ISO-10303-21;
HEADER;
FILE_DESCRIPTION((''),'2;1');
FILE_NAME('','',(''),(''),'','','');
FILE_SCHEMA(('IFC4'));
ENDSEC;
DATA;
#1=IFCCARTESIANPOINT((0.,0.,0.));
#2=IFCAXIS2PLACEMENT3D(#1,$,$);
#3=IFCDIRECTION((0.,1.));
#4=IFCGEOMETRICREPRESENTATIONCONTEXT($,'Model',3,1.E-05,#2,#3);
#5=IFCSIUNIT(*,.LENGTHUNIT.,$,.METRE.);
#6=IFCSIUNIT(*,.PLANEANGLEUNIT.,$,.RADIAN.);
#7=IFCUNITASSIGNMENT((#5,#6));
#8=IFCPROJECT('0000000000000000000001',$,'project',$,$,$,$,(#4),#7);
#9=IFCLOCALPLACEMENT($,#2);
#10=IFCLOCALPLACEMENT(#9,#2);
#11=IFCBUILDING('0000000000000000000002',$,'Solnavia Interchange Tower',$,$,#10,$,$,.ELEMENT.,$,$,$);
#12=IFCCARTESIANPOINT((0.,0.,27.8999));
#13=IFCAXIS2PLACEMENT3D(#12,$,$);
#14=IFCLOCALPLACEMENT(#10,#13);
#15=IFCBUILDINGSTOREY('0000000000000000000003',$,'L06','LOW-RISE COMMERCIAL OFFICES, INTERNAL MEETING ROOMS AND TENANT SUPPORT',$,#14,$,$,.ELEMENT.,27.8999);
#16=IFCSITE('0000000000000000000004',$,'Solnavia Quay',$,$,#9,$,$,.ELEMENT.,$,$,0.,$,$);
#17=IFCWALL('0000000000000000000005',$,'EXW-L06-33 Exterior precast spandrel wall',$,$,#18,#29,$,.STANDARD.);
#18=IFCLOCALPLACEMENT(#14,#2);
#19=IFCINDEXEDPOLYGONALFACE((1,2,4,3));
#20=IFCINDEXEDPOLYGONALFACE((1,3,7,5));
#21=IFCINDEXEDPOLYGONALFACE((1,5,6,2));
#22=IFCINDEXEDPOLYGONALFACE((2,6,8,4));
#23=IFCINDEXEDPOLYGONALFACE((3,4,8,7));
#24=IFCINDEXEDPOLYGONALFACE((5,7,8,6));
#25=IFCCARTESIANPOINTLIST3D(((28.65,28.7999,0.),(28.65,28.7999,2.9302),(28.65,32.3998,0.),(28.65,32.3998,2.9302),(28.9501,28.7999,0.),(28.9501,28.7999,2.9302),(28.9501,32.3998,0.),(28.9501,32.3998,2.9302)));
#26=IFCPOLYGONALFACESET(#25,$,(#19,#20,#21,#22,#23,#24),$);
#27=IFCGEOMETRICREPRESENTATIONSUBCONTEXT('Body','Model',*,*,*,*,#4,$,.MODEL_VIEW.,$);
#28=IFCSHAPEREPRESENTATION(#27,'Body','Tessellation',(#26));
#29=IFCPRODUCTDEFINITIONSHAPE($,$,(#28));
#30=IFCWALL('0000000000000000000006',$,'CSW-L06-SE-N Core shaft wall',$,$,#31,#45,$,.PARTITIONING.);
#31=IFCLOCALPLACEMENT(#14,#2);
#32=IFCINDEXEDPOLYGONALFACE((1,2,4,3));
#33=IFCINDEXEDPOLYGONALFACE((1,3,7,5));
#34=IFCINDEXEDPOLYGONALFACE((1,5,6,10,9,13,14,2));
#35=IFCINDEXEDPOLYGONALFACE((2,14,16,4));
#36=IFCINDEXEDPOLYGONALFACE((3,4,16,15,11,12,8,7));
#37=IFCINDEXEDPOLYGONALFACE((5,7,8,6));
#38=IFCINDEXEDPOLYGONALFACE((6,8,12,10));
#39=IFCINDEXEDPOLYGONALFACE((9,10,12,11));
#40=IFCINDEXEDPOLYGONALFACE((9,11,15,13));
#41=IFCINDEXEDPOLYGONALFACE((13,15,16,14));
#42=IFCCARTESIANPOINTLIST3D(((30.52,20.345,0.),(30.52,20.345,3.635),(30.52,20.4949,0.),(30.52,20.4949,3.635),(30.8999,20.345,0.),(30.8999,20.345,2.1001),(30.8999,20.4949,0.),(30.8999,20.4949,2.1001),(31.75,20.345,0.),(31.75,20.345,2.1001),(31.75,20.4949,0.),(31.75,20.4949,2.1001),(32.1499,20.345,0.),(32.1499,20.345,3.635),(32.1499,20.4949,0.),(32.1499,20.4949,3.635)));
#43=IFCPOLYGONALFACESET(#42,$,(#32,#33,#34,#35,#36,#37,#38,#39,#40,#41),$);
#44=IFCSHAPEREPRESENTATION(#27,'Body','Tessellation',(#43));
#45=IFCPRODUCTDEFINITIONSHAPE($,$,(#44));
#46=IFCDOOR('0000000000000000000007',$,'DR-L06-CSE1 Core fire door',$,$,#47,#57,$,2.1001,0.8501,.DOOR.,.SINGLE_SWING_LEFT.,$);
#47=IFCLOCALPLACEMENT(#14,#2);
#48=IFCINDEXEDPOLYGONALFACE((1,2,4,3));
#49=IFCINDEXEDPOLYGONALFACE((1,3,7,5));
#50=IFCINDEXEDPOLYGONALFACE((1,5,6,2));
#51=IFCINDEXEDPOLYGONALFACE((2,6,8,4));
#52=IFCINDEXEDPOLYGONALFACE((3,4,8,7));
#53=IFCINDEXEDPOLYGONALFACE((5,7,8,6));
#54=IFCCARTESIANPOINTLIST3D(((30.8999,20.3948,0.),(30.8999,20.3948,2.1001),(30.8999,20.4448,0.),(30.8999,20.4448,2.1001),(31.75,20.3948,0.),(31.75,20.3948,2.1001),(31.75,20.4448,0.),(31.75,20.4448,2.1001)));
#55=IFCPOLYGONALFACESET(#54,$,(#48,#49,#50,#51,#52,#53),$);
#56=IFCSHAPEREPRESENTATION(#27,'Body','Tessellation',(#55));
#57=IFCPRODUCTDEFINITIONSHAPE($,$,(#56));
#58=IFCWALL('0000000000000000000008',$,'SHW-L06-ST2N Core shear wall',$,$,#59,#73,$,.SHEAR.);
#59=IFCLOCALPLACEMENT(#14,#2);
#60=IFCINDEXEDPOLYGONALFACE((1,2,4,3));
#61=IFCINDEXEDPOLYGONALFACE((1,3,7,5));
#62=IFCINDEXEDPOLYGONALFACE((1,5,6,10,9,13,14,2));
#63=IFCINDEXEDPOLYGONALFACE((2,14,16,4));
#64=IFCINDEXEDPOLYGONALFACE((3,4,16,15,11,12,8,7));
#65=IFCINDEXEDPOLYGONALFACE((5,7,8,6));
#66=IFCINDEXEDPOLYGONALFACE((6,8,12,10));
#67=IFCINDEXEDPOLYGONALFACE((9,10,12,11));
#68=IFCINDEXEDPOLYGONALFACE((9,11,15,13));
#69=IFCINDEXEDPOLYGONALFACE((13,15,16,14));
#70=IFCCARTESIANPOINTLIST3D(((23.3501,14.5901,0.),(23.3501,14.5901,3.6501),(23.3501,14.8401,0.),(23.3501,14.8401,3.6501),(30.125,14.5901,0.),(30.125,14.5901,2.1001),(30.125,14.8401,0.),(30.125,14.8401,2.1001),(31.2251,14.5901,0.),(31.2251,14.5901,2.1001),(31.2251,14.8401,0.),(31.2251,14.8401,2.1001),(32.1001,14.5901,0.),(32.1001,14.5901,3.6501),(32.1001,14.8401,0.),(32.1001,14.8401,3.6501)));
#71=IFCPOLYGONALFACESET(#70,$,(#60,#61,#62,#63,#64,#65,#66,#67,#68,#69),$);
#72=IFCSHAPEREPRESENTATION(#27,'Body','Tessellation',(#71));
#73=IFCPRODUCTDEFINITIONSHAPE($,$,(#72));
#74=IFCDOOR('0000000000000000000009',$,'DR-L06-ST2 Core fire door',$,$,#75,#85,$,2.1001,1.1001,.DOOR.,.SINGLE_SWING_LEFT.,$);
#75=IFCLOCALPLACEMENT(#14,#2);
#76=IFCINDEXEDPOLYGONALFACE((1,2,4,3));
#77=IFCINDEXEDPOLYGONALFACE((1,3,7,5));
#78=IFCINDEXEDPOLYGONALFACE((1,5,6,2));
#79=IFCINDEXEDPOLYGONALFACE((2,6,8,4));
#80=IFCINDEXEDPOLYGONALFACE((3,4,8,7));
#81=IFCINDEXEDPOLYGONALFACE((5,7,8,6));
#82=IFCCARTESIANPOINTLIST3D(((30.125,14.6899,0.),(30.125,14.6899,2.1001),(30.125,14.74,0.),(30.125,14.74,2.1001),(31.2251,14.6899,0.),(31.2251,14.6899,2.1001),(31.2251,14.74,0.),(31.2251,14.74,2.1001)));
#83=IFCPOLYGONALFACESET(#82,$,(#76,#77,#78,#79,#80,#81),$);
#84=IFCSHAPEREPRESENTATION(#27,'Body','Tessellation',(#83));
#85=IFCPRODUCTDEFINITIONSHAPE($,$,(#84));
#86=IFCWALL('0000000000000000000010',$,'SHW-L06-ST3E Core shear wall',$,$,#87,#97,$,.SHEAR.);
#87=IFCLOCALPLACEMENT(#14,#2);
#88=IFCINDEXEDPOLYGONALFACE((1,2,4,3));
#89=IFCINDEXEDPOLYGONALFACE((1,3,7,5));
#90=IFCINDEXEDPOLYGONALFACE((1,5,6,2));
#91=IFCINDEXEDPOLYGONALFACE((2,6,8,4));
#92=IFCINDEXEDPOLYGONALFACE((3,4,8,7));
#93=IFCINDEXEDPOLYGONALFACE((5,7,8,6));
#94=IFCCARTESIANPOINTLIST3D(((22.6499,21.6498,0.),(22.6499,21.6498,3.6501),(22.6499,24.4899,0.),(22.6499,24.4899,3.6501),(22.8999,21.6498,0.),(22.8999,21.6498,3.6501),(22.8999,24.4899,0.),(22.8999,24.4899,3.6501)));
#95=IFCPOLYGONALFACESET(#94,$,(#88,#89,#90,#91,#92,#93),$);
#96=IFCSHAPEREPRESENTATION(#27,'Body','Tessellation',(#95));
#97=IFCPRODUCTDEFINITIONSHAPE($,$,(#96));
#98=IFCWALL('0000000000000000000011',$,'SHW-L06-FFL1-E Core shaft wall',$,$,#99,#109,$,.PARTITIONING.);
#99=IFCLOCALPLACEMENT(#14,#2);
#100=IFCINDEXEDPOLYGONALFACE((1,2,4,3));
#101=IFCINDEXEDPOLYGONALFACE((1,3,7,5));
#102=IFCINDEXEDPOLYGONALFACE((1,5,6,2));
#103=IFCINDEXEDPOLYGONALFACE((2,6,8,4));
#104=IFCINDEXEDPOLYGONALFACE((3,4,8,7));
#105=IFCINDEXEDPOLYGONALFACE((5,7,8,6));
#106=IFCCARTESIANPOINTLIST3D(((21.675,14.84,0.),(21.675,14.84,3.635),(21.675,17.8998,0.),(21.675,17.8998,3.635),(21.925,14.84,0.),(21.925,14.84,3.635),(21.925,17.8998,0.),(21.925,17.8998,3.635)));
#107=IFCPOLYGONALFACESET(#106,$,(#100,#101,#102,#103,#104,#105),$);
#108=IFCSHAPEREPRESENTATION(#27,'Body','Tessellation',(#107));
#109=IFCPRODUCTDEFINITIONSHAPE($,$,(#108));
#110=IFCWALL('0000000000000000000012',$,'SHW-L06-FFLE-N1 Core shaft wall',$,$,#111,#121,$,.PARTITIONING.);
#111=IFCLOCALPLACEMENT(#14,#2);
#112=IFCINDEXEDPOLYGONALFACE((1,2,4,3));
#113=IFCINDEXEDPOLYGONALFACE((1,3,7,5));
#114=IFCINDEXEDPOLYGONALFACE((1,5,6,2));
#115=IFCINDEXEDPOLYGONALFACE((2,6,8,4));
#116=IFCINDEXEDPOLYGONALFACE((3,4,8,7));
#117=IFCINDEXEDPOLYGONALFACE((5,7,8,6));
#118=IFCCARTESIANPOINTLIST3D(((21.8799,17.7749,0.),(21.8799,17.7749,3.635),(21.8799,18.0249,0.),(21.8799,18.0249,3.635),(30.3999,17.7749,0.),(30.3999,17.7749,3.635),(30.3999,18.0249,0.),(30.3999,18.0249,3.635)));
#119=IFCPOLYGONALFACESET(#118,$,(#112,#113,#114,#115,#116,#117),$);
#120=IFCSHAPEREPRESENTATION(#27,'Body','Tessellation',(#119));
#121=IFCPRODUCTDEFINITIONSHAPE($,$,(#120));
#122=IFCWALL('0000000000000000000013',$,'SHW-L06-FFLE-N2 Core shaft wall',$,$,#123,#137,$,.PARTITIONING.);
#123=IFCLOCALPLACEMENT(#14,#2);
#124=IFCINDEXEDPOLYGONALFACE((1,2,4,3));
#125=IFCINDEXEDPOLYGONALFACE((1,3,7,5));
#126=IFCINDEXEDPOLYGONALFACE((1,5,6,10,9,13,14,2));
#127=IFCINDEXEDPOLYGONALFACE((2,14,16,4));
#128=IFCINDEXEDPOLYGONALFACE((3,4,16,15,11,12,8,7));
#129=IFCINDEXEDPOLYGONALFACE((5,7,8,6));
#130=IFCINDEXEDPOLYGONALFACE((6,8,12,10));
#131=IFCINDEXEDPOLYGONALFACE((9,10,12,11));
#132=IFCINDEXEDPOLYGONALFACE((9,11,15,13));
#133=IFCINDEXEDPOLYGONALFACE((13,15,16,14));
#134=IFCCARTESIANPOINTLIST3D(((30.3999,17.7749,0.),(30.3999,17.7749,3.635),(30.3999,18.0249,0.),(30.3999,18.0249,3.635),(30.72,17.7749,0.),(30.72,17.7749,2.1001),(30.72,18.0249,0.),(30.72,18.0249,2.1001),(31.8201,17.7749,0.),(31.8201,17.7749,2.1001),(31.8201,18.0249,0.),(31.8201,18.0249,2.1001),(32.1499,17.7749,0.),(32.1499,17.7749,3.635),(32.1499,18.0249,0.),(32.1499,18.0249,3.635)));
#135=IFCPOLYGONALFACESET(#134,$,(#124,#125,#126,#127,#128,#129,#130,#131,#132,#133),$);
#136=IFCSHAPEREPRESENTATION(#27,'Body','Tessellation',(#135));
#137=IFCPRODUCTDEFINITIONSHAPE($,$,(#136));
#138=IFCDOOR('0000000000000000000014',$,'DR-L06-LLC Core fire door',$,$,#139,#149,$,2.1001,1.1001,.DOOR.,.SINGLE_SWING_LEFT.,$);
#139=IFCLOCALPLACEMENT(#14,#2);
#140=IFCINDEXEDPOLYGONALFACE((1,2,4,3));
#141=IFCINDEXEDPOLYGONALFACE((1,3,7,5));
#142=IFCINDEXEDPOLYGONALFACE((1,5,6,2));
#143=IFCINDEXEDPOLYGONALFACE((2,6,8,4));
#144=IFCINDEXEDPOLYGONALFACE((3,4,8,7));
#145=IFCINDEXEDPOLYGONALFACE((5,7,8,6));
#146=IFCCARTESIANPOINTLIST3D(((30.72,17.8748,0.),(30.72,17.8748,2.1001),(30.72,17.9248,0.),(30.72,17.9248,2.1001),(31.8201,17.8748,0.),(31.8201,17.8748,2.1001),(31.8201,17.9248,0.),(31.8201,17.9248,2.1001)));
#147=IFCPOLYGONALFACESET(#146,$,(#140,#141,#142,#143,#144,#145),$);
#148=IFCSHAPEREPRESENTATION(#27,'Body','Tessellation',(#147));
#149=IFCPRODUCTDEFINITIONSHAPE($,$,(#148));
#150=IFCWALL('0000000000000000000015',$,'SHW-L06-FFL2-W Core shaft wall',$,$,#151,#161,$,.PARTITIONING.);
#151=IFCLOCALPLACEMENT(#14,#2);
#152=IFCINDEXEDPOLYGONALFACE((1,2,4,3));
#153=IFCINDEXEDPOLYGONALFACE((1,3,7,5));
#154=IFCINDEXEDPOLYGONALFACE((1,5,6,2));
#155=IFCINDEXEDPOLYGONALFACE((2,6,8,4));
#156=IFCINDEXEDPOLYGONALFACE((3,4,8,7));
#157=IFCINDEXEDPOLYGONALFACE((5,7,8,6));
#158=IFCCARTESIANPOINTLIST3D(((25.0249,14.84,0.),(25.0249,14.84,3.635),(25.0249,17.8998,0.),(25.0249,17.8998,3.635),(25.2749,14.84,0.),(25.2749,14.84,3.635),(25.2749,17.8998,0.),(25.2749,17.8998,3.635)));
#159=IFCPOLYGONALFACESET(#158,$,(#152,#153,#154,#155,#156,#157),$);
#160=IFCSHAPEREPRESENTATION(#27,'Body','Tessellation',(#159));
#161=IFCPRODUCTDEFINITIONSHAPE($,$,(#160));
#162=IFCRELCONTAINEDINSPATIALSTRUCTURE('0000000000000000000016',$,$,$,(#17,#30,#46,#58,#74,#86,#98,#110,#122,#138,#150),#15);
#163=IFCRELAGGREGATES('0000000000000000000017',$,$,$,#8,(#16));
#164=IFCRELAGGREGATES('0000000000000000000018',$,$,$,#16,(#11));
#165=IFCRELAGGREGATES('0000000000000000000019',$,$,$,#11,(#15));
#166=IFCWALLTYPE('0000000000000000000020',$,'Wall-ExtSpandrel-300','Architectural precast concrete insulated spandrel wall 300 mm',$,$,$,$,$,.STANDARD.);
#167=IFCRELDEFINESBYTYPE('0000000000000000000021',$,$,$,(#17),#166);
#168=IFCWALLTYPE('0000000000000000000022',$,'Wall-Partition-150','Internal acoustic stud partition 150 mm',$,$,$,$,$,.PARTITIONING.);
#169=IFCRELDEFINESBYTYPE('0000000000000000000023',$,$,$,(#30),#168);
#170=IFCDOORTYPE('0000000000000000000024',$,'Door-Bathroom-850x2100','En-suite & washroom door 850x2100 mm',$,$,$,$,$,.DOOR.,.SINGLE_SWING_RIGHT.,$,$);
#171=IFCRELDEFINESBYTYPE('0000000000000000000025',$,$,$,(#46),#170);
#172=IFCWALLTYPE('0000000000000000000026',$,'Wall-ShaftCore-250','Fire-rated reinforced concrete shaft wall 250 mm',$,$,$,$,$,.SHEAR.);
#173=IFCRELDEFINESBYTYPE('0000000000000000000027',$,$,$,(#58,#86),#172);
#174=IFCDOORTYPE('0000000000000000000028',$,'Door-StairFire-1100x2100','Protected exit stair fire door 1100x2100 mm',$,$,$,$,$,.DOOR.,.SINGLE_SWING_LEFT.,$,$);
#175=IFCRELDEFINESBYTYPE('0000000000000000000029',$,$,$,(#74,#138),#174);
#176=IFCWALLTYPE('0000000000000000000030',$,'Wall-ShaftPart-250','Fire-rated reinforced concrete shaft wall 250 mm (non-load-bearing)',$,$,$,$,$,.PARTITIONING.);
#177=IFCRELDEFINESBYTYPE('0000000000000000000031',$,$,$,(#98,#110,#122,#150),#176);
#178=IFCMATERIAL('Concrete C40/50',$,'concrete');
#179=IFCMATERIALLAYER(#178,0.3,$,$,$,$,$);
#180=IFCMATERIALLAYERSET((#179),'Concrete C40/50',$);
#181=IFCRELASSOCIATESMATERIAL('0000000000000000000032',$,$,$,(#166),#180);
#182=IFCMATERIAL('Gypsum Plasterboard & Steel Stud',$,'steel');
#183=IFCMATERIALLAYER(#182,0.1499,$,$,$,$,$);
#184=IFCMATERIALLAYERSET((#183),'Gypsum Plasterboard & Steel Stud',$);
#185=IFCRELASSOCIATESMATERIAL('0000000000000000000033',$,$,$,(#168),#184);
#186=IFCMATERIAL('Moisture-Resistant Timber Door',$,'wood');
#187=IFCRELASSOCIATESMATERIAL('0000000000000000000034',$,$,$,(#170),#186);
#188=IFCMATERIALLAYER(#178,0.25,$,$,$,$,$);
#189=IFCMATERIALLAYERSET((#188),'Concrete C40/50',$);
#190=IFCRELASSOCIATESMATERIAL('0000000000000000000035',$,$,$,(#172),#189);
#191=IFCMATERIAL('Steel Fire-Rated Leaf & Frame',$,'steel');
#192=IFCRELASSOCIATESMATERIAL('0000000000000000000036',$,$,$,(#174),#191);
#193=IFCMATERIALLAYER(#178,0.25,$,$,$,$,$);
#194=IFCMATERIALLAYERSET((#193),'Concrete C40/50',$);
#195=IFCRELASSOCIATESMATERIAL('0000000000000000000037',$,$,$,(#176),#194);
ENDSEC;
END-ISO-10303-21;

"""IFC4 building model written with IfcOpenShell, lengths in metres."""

from ifc_helpers import new_model, si_unit, direction, frame, frame_2d, origin, place, context, subcontext, project, spatial, rectangle, extrude, material, layer, layer_set, type_object, element, fill, save


model = new_model("IFC4")

# Units and contexts
model_context = context("Model", 3, precision=1e-05, world=origin(), true_north=direction((0.0, 1.0)))
body_context = subcontext(model_context, "Body", "Model", "MODEL_VIEW")
ifc_project = project(units=[si_unit("LENGTHUNIT", "METRE"), si_unit("PLANEANGLEUNIT", "RADIAN")], contexts=[model_context])

# Site, building, storey
site_placement = place(None, origin())
site = spatial("IfcSite", under=ifc_project, at=site_placement, Name="Solnavia Quay", CompositionType="ELEMENT", RefElevation=0.0)
building_placement = place(site_placement, origin())
building = spatial("IfcBuilding", under=site, at=building_placement, Name="Solnavia Interchange Tower", CompositionType="ELEMENT")
storey_placement = place(building_placement, frame((0.0, 0.0, 27.8999)))
storey = spatial("IfcBuildingStorey", under=building, at=storey_placement, Name="L06", Description="LOW-RISE COMMERCIAL OFFICES, INTERNAL MEETING ROOMS AND TENANT SUPPORT", CompositionType="ELEMENT", Elevation=27.8999)

# Shared definitions
ifc_material_1 = material(Name="Concrete C40/50", Category="concrete")
ifc_layer_1 = layer(ifc_material_1, 0.3)
ifc_layer_set_1 = layer_set([ifc_layer_1], Name="Concrete C40/50")
wall_type_1 = type_object("IfcWallType", Name="Wall-ExtSpandrel-300", Description="Architectural precast concrete insulated spandrel wall 300 mm", PredefinedType="STANDARD", material=ifc_layer_set_1)

# Wall
wall_1_placement = place(storey_placement, frame((28.8, 28.8, 0.0), z_axis=(0.0, 0.0, 1.0), x_axis=(0.0, 1.0, 0.0)))
element("IfcWall", 1, at=wall_1_placement, inside=storey, type_object=wall_type_1, Name="EXW-L06-33 Exterior precast spandrel wall", PredefinedType="STANDARD", context=body_context, shape_type="SweptSolid", body=[
    extrude(rectangle(XDim=3.5999, YDim=0.3, at=frame_2d((1.7998, 0.0))), origin(), (0.0, 0.0, 1.0), 2.9302),
])

# Walls, openings, doors
ifc_material_2 = material(Name="Gypsum Plasterboard & Steel Stud", Category="steel")
ifc_layer_2 = layer(ifc_material_2, 0.1499)
ifc_layer_set_2 = layer_set([ifc_layer_2], Name="Gypsum Plasterboard & Steel Stud")
wall_type_2 = type_object("IfcWallType", Name="Wall-Partition-150", Description="Internal acoustic stud partition 150 mm", PredefinedType="PARTITIONING", material=ifc_layer_set_2)
wall_2_placement = place(storey_placement, frame((30.52, 20.4199, 0.0), z_axis=(0.0, 0.0, 1.0), x_axis=(1.0, 0.0, 0.0)))
wall_2 = element("IfcWall", 2, at=wall_2_placement, inside=storey, type_object=wall_type_2, Name="CSW-L06-SE-N Core shaft wall", PredefinedType="PARTITIONING", context=body_context, shape_type="SweptSolid", body=[
    extrude(rectangle(XDim=1.6299, YDim=0.1499, at=frame_2d((0.8149, 0.0))), origin(), (0.0, 0.0, 1.0), 3.635),
])
opening_1_placement = place(wall_2_placement, frame((0.3799, 0.0, 0.0)))
opening_1 = element("IfcOpeningElement", 3, at=opening_1_placement, cuts=wall_2, PredefinedType="OPENING", context=body_context, shape_type="SweptSolid", body=[
    extrude(rectangle(XDim=0.8501, YDim=2.1001, at=frame_2d((0.425, 1.05))), frame((0.0, 0.085, 0.0), z_axis=(0.0, -1.0, 0.0), x_axis=(1.0, 0.0, 0.0)), (0.0, 0.0, 1.0), 0.1699),
])
ifc_material_3 = material(Name="Moisture-Resistant Timber Door", Category="wood")
door_type_1 = type_object("IfcDoorType", Name="Door-Bathroom-850x2100", Description="En-suite & washroom door 850x2100 mm", OperationType="SINGLE_SWING_RIGHT", PredefinedType="DOOR", material=ifc_material_3)
door_1_placement = place(opening_1_placement, origin())
door_1 = element("IfcDoor", 4, at=door_1_placement, inside=storey, type_object=door_type_1, Name="DR-L06-CSE1 Core fire door", OperationType="SINGLE_SWING_LEFT", OverallHeight=2.1001, OverallWidth=0.8501, PredefinedType="DOOR", context=body_context, shape_type="SweptSolid", body=[
    extrude(rectangle(XDim=0.8501, YDim=2.1001, at=frame_2d((0.425, 1.05))), frame((0.0, 0.0249, 0.0), z_axis=(0.0, -1.0, 0.0), x_axis=(1.0, 0.0, 0.0)), (0.0, 0.0, 1.0), 0.05),
])
fill(opening_1, door_1)
ifc_layer_3 = layer(ifc_material_1, 0.25)
ifc_layer_set_3 = layer_set([ifc_layer_3], Name="Concrete C40/50")
wall_type_3 = type_object("IfcWallType", Name="Wall-ShaftCore-250", Description="Fire-rated reinforced concrete shaft wall 250 mm", PredefinedType="SHEAR", material=ifc_layer_set_3)
wall_3_placement = place(storey_placement, frame((23.3501, 14.7151, 0.0), z_axis=(0.0, 0.0, 1.0), x_axis=(1.0, 0.0, 0.0)))
wall_3 = element("IfcWall", 5, at=wall_3_placement, inside=storey, type_object=wall_type_3, Name="SHW-L06-ST2N Core shear wall", PredefinedType="SHEAR", context=body_context, shape_type="SweptSolid", body=[
    extrude(rectangle(XDim=8.75, YDim=0.25, at=frame_2d((4.375, 0.0))), origin(), (0.0, 0.0, 1.0), 3.6501),
])
opening_2_placement = place(wall_3_placement, frame((6.7749, 0.0, 0.0)))
opening_2 = element("IfcOpeningElement", 6, at=opening_2_placement, cuts=wall_3, PredefinedType="OPENING", context=body_context, shape_type="SweptSolid", body=[
    extrude(rectangle(XDim=1.1001, YDim=2.1001, at=frame_2d((0.55, 1.05))), frame((0.0, 0.135, 0.0), z_axis=(0.0, -1.0, 0.0), x_axis=(1.0, 0.0, 0.0)), (0.0, 0.0, 1.0), 0.27),
])
ifc_material_4 = material(Name="Steel Fire-Rated Leaf & Frame", Category="steel")
door_type_2 = type_object("IfcDoorType", Name="Door-StairFire-1100x2100", Description="Protected exit stair fire door 1100x2100 mm", OperationType="SINGLE_SWING_LEFT", PredefinedType="DOOR", material=ifc_material_4)
door_2_placement = place(opening_2_placement, origin())
door_2 = element("IfcDoor", 7, at=door_2_placement, inside=storey, type_object=door_type_2, Name="DR-L06-ST2 Core fire door", OperationType="SINGLE_SWING_LEFT", OverallHeight=2.1001, OverallWidth=1.1001, PredefinedType="DOOR", context=body_context, shape_type="SweptSolid", body=[
    extrude(rectangle(XDim=1.1001, YDim=2.1001, at=frame_2d((0.55, 1.05))), frame((0.0, 0.0249, 0.0), z_axis=(0.0, -1.0, 0.0), x_axis=(1.0, 0.0, 0.0)), (0.0, 0.0, 1.0), 0.05),
])
fill(opening_2, door_2)

# Walls
wall_4_placement = place(storey_placement, frame((22.7749, 21.6499, 0.0), z_axis=(0.0, 0.0, 1.0), x_axis=(0.0, 1.0, 0.0)))
element("IfcWall", 8, at=wall_4_placement, inside=storey, type_object=wall_type_3, Name="SHW-L06-ST3E Core shear wall", PredefinedType="SHEAR", context=body_context, shape_type="SweptSolid", body=[
    extrude(rectangle(XDim=2.8401, YDim=0.25, at=frame_2d((1.4199, 0.0))), origin(), (0.0, 0.0, 1.0), 3.6501),
])
ifc_layer_4 = layer(ifc_material_1, 0.25)
ifc_layer_set_4 = layer_set([ifc_layer_4], Name="Concrete C40/50")
wall_type_4 = type_object("IfcWallType", Name="Wall-ShaftPart-250", Description="Fire-rated reinforced concrete shaft wall 250 mm (non-load-bearing)", PredefinedType="PARTITIONING", material=ifc_layer_set_4)
wall_5_placement = place(storey_placement, frame((21.8, 14.8401, 0.0), z_axis=(0.0, 0.0, 1.0), x_axis=(0.0, 1.0, 0.0)))
element("IfcWall", 9, at=wall_5_placement, inside=storey, type_object=wall_type_4, Name="SHW-L06-FFL1-E Core shaft wall", PredefinedType="PARTITIONING", context=body_context, shape_type="SweptSolid", body=[
    extrude(rectangle(XDim=3.0598, YDim=0.25, at=frame_2d((1.5298, 0.0))), origin(), (0.0, 0.0, 1.0), 3.635),
])
wall_6_placement = place(storey_placement, frame((21.8799, 17.8999, 0.0), z_axis=(0.0, 0.0, 1.0), x_axis=(1.0, 0.0, 0.0)))
element("IfcWall", 10, at=wall_6_placement, inside=storey, type_object=wall_type_4, Name="SHW-L06-FFLE-N1 Core shaft wall", PredefinedType="PARTITIONING", context=body_context, shape_type="SweptSolid", body=[
    extrude(rectangle(XDim=8.52, YDim=0.25, at=frame_2d((4.26, 0.0))), origin(), (0.0, 0.0, 1.0), 3.635),
])

# Wall, opening, door
wall_7_placement = place(storey_placement, frame((30.3999, 17.8999, 0.0), z_axis=(0.0, 0.0, 1.0), x_axis=(1.0, 0.0, 0.0)))
wall_7 = element("IfcWall", 11, at=wall_7_placement, inside=storey, type_object=wall_type_4, Name="SHW-L06-FFLE-N2 Core shaft wall", PredefinedType="PARTITIONING", context=body_context, shape_type="SweptSolid", body=[
    extrude(rectangle(XDim=1.75, YDim=0.25, at=frame_2d((0.875, 0.0))), origin(), (0.0, 0.0, 1.0), 3.635),
])
opening_3_placement = place(wall_7_placement, frame((0.3201, 0.0, 0.0)))
opening_3 = element("IfcOpeningElement", 12, at=opening_3_placement, cuts=wall_7, PredefinedType="OPENING", context=body_context, shape_type="SweptSolid", body=[
    extrude(rectangle(XDim=1.1001, YDim=2.1001, at=frame_2d((0.55, 1.05))), frame((0.0, 0.135, 0.0), z_axis=(0.0, -1.0, 0.0), x_axis=(1.0, 0.0, 0.0)), (0.0, 0.0, 1.0), 0.27),
])
door_3_placement = place(opening_3_placement, origin())
door_3 = element("IfcDoor", 13, at=door_3_placement, inside=storey, type_object=door_type_2, Name="DR-L06-LLC Core fire door", OperationType="SINGLE_SWING_LEFT", OverallHeight=2.1001, OverallWidth=1.1001, PredefinedType="DOOR", context=body_context, shape_type="SweptSolid", body=[
    extrude(rectangle(XDim=1.1001, YDim=2.1001, at=frame_2d((0.55, 1.05))), frame((0.0, 0.0249, 0.0), z_axis=(0.0, -1.0, 0.0), x_axis=(1.0, 0.0, 0.0)), (0.0, 0.0, 1.0), 0.05),
])
fill(opening_3, door_3)

# Wall
wall_8_placement = place(storey_placement, frame((25.1499, 14.8401, 0.0), z_axis=(0.0, 0.0, 1.0), x_axis=(0.0, 1.0, 0.0)))
element("IfcWall", 14, at=wall_8_placement, inside=storey, type_object=wall_type_4, Name="SHW-L06-FFL2-W Core shaft wall", PredefinedType="PARTITIONING", context=body_context, shape_type="SweptSolid", body=[
    extrude(rectangle(XDim=3.0598, YDim=0.25, at=frame_2d((1.5298, 0.0))), origin(), (0.0, 0.0, 1.0), 3.635),
])

save(model, "model.ifc")
